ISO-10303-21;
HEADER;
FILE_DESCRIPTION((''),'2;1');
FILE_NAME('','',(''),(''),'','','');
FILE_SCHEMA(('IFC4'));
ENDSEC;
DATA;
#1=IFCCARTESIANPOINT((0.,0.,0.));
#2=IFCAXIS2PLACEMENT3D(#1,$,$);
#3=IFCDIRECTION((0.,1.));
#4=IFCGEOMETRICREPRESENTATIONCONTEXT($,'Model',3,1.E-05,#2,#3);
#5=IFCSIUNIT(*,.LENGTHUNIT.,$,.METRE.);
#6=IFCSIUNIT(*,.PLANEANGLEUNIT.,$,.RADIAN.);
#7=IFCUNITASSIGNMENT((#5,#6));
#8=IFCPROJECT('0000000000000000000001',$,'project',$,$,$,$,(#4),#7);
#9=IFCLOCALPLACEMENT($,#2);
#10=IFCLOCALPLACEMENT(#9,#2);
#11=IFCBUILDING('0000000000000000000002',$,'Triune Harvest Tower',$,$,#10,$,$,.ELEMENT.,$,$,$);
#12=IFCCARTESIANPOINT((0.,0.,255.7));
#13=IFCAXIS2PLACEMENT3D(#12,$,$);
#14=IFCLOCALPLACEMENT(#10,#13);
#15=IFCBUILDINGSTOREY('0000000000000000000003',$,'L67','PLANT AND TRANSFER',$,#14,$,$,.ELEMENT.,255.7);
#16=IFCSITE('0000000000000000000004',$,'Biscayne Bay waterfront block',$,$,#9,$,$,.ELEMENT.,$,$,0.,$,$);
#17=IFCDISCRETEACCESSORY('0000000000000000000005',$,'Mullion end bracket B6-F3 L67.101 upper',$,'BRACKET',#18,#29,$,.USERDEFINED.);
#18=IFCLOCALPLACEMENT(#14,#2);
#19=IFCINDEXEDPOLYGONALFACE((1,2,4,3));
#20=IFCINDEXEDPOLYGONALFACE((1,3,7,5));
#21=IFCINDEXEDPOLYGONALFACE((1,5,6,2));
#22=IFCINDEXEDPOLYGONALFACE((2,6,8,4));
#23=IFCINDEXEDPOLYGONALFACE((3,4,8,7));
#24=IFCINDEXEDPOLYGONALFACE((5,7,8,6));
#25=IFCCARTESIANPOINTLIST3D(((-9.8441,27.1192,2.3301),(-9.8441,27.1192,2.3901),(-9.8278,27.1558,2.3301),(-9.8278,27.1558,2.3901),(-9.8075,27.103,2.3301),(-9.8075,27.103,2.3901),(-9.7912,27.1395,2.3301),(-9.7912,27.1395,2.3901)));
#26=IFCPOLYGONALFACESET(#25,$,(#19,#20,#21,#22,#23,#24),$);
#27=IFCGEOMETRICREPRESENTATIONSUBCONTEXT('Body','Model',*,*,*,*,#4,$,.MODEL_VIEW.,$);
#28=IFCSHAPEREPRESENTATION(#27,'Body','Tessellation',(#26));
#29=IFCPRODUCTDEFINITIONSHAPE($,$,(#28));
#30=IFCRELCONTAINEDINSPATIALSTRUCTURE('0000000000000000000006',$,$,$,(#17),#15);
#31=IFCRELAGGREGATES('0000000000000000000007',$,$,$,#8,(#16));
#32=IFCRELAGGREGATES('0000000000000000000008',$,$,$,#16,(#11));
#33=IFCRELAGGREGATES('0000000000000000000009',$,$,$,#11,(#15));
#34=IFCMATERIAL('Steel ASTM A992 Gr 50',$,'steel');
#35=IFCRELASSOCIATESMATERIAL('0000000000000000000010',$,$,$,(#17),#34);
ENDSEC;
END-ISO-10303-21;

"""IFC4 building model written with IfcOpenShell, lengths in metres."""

from ifc_helpers import new_model, si_unit, direction, frame, origin, origin_2d, place, context, subcontext, project, spatial, rectangle, extrude, source, transform, mapped, material, element, save


model = new_model("IFC4")

# Units and contexts
model_context = context("Model", 3, precision=1e-05, world=origin(), true_north=direction((0.0, 1.0)))
body_context = subcontext(model_context, "Body", "Model", "MODEL_VIEW")
ifc_project = project(units=[si_unit("LENGTHUNIT", "METRE"), si_unit("PLANEANGLEUNIT", "RADIAN")], contexts=[model_context])

# Site, building, storey
site_placement = place(None, origin())
site = spatial("IfcSite", under=ifc_project, at=site_placement, Name="Biscayne Bay waterfront block", CompositionType="ELEMENT", RefElevation=0.0)
building_placement = place(site_placement, origin())
building = spatial("IfcBuilding", under=site, at=building_placement, Name="Triune Harvest Tower", CompositionType="ELEMENT")
storey_placement = place(building_placement, frame((0.0, 0.0, 255.7)))
storey = spatial("IfcBuildingStorey", under=building, at=storey_placement, Name="L67", Description="PLANT AND TRANSFER", CompositionType="ELEMENT", Elevation=255.7)

# Shared definitions
ifc_material_1 = material(Name="Steel ASTM A992 Gr 50", Category="steel")

# Discrete accessory
shared_shape_1 = source(origin(), body_context, "Body", "SweptSolid", [
    extrude(rectangle(XDim=0.04, YDim=0.04, at=origin_2d()), origin(), (0.0, 0.0, 1.0), 0.0601),
])
discrete_accessory_placement = place(storey_placement, frame((-9.8176, 27.1294, 2.3301), z_axis=(0.0, 0.0, 1.0), x_axis=(-0.406735, -0.913546, 0.0)))
element("IfcDiscreteAccessory", 1, at=discrete_accessory_placement, inside=storey, material=ifc_material_1, Name="Mullion end bracket B6-F3 L67.101 upper", ObjectType="BRACKET", PredefinedType="USERDEFINED", context=body_context, shape_type="MappedRepresentation", body=[
    mapped(shared_shape_1, transform((0.0, 0.0, 0.0), scale=1.0)),
])

save(model, "model.ifc")
